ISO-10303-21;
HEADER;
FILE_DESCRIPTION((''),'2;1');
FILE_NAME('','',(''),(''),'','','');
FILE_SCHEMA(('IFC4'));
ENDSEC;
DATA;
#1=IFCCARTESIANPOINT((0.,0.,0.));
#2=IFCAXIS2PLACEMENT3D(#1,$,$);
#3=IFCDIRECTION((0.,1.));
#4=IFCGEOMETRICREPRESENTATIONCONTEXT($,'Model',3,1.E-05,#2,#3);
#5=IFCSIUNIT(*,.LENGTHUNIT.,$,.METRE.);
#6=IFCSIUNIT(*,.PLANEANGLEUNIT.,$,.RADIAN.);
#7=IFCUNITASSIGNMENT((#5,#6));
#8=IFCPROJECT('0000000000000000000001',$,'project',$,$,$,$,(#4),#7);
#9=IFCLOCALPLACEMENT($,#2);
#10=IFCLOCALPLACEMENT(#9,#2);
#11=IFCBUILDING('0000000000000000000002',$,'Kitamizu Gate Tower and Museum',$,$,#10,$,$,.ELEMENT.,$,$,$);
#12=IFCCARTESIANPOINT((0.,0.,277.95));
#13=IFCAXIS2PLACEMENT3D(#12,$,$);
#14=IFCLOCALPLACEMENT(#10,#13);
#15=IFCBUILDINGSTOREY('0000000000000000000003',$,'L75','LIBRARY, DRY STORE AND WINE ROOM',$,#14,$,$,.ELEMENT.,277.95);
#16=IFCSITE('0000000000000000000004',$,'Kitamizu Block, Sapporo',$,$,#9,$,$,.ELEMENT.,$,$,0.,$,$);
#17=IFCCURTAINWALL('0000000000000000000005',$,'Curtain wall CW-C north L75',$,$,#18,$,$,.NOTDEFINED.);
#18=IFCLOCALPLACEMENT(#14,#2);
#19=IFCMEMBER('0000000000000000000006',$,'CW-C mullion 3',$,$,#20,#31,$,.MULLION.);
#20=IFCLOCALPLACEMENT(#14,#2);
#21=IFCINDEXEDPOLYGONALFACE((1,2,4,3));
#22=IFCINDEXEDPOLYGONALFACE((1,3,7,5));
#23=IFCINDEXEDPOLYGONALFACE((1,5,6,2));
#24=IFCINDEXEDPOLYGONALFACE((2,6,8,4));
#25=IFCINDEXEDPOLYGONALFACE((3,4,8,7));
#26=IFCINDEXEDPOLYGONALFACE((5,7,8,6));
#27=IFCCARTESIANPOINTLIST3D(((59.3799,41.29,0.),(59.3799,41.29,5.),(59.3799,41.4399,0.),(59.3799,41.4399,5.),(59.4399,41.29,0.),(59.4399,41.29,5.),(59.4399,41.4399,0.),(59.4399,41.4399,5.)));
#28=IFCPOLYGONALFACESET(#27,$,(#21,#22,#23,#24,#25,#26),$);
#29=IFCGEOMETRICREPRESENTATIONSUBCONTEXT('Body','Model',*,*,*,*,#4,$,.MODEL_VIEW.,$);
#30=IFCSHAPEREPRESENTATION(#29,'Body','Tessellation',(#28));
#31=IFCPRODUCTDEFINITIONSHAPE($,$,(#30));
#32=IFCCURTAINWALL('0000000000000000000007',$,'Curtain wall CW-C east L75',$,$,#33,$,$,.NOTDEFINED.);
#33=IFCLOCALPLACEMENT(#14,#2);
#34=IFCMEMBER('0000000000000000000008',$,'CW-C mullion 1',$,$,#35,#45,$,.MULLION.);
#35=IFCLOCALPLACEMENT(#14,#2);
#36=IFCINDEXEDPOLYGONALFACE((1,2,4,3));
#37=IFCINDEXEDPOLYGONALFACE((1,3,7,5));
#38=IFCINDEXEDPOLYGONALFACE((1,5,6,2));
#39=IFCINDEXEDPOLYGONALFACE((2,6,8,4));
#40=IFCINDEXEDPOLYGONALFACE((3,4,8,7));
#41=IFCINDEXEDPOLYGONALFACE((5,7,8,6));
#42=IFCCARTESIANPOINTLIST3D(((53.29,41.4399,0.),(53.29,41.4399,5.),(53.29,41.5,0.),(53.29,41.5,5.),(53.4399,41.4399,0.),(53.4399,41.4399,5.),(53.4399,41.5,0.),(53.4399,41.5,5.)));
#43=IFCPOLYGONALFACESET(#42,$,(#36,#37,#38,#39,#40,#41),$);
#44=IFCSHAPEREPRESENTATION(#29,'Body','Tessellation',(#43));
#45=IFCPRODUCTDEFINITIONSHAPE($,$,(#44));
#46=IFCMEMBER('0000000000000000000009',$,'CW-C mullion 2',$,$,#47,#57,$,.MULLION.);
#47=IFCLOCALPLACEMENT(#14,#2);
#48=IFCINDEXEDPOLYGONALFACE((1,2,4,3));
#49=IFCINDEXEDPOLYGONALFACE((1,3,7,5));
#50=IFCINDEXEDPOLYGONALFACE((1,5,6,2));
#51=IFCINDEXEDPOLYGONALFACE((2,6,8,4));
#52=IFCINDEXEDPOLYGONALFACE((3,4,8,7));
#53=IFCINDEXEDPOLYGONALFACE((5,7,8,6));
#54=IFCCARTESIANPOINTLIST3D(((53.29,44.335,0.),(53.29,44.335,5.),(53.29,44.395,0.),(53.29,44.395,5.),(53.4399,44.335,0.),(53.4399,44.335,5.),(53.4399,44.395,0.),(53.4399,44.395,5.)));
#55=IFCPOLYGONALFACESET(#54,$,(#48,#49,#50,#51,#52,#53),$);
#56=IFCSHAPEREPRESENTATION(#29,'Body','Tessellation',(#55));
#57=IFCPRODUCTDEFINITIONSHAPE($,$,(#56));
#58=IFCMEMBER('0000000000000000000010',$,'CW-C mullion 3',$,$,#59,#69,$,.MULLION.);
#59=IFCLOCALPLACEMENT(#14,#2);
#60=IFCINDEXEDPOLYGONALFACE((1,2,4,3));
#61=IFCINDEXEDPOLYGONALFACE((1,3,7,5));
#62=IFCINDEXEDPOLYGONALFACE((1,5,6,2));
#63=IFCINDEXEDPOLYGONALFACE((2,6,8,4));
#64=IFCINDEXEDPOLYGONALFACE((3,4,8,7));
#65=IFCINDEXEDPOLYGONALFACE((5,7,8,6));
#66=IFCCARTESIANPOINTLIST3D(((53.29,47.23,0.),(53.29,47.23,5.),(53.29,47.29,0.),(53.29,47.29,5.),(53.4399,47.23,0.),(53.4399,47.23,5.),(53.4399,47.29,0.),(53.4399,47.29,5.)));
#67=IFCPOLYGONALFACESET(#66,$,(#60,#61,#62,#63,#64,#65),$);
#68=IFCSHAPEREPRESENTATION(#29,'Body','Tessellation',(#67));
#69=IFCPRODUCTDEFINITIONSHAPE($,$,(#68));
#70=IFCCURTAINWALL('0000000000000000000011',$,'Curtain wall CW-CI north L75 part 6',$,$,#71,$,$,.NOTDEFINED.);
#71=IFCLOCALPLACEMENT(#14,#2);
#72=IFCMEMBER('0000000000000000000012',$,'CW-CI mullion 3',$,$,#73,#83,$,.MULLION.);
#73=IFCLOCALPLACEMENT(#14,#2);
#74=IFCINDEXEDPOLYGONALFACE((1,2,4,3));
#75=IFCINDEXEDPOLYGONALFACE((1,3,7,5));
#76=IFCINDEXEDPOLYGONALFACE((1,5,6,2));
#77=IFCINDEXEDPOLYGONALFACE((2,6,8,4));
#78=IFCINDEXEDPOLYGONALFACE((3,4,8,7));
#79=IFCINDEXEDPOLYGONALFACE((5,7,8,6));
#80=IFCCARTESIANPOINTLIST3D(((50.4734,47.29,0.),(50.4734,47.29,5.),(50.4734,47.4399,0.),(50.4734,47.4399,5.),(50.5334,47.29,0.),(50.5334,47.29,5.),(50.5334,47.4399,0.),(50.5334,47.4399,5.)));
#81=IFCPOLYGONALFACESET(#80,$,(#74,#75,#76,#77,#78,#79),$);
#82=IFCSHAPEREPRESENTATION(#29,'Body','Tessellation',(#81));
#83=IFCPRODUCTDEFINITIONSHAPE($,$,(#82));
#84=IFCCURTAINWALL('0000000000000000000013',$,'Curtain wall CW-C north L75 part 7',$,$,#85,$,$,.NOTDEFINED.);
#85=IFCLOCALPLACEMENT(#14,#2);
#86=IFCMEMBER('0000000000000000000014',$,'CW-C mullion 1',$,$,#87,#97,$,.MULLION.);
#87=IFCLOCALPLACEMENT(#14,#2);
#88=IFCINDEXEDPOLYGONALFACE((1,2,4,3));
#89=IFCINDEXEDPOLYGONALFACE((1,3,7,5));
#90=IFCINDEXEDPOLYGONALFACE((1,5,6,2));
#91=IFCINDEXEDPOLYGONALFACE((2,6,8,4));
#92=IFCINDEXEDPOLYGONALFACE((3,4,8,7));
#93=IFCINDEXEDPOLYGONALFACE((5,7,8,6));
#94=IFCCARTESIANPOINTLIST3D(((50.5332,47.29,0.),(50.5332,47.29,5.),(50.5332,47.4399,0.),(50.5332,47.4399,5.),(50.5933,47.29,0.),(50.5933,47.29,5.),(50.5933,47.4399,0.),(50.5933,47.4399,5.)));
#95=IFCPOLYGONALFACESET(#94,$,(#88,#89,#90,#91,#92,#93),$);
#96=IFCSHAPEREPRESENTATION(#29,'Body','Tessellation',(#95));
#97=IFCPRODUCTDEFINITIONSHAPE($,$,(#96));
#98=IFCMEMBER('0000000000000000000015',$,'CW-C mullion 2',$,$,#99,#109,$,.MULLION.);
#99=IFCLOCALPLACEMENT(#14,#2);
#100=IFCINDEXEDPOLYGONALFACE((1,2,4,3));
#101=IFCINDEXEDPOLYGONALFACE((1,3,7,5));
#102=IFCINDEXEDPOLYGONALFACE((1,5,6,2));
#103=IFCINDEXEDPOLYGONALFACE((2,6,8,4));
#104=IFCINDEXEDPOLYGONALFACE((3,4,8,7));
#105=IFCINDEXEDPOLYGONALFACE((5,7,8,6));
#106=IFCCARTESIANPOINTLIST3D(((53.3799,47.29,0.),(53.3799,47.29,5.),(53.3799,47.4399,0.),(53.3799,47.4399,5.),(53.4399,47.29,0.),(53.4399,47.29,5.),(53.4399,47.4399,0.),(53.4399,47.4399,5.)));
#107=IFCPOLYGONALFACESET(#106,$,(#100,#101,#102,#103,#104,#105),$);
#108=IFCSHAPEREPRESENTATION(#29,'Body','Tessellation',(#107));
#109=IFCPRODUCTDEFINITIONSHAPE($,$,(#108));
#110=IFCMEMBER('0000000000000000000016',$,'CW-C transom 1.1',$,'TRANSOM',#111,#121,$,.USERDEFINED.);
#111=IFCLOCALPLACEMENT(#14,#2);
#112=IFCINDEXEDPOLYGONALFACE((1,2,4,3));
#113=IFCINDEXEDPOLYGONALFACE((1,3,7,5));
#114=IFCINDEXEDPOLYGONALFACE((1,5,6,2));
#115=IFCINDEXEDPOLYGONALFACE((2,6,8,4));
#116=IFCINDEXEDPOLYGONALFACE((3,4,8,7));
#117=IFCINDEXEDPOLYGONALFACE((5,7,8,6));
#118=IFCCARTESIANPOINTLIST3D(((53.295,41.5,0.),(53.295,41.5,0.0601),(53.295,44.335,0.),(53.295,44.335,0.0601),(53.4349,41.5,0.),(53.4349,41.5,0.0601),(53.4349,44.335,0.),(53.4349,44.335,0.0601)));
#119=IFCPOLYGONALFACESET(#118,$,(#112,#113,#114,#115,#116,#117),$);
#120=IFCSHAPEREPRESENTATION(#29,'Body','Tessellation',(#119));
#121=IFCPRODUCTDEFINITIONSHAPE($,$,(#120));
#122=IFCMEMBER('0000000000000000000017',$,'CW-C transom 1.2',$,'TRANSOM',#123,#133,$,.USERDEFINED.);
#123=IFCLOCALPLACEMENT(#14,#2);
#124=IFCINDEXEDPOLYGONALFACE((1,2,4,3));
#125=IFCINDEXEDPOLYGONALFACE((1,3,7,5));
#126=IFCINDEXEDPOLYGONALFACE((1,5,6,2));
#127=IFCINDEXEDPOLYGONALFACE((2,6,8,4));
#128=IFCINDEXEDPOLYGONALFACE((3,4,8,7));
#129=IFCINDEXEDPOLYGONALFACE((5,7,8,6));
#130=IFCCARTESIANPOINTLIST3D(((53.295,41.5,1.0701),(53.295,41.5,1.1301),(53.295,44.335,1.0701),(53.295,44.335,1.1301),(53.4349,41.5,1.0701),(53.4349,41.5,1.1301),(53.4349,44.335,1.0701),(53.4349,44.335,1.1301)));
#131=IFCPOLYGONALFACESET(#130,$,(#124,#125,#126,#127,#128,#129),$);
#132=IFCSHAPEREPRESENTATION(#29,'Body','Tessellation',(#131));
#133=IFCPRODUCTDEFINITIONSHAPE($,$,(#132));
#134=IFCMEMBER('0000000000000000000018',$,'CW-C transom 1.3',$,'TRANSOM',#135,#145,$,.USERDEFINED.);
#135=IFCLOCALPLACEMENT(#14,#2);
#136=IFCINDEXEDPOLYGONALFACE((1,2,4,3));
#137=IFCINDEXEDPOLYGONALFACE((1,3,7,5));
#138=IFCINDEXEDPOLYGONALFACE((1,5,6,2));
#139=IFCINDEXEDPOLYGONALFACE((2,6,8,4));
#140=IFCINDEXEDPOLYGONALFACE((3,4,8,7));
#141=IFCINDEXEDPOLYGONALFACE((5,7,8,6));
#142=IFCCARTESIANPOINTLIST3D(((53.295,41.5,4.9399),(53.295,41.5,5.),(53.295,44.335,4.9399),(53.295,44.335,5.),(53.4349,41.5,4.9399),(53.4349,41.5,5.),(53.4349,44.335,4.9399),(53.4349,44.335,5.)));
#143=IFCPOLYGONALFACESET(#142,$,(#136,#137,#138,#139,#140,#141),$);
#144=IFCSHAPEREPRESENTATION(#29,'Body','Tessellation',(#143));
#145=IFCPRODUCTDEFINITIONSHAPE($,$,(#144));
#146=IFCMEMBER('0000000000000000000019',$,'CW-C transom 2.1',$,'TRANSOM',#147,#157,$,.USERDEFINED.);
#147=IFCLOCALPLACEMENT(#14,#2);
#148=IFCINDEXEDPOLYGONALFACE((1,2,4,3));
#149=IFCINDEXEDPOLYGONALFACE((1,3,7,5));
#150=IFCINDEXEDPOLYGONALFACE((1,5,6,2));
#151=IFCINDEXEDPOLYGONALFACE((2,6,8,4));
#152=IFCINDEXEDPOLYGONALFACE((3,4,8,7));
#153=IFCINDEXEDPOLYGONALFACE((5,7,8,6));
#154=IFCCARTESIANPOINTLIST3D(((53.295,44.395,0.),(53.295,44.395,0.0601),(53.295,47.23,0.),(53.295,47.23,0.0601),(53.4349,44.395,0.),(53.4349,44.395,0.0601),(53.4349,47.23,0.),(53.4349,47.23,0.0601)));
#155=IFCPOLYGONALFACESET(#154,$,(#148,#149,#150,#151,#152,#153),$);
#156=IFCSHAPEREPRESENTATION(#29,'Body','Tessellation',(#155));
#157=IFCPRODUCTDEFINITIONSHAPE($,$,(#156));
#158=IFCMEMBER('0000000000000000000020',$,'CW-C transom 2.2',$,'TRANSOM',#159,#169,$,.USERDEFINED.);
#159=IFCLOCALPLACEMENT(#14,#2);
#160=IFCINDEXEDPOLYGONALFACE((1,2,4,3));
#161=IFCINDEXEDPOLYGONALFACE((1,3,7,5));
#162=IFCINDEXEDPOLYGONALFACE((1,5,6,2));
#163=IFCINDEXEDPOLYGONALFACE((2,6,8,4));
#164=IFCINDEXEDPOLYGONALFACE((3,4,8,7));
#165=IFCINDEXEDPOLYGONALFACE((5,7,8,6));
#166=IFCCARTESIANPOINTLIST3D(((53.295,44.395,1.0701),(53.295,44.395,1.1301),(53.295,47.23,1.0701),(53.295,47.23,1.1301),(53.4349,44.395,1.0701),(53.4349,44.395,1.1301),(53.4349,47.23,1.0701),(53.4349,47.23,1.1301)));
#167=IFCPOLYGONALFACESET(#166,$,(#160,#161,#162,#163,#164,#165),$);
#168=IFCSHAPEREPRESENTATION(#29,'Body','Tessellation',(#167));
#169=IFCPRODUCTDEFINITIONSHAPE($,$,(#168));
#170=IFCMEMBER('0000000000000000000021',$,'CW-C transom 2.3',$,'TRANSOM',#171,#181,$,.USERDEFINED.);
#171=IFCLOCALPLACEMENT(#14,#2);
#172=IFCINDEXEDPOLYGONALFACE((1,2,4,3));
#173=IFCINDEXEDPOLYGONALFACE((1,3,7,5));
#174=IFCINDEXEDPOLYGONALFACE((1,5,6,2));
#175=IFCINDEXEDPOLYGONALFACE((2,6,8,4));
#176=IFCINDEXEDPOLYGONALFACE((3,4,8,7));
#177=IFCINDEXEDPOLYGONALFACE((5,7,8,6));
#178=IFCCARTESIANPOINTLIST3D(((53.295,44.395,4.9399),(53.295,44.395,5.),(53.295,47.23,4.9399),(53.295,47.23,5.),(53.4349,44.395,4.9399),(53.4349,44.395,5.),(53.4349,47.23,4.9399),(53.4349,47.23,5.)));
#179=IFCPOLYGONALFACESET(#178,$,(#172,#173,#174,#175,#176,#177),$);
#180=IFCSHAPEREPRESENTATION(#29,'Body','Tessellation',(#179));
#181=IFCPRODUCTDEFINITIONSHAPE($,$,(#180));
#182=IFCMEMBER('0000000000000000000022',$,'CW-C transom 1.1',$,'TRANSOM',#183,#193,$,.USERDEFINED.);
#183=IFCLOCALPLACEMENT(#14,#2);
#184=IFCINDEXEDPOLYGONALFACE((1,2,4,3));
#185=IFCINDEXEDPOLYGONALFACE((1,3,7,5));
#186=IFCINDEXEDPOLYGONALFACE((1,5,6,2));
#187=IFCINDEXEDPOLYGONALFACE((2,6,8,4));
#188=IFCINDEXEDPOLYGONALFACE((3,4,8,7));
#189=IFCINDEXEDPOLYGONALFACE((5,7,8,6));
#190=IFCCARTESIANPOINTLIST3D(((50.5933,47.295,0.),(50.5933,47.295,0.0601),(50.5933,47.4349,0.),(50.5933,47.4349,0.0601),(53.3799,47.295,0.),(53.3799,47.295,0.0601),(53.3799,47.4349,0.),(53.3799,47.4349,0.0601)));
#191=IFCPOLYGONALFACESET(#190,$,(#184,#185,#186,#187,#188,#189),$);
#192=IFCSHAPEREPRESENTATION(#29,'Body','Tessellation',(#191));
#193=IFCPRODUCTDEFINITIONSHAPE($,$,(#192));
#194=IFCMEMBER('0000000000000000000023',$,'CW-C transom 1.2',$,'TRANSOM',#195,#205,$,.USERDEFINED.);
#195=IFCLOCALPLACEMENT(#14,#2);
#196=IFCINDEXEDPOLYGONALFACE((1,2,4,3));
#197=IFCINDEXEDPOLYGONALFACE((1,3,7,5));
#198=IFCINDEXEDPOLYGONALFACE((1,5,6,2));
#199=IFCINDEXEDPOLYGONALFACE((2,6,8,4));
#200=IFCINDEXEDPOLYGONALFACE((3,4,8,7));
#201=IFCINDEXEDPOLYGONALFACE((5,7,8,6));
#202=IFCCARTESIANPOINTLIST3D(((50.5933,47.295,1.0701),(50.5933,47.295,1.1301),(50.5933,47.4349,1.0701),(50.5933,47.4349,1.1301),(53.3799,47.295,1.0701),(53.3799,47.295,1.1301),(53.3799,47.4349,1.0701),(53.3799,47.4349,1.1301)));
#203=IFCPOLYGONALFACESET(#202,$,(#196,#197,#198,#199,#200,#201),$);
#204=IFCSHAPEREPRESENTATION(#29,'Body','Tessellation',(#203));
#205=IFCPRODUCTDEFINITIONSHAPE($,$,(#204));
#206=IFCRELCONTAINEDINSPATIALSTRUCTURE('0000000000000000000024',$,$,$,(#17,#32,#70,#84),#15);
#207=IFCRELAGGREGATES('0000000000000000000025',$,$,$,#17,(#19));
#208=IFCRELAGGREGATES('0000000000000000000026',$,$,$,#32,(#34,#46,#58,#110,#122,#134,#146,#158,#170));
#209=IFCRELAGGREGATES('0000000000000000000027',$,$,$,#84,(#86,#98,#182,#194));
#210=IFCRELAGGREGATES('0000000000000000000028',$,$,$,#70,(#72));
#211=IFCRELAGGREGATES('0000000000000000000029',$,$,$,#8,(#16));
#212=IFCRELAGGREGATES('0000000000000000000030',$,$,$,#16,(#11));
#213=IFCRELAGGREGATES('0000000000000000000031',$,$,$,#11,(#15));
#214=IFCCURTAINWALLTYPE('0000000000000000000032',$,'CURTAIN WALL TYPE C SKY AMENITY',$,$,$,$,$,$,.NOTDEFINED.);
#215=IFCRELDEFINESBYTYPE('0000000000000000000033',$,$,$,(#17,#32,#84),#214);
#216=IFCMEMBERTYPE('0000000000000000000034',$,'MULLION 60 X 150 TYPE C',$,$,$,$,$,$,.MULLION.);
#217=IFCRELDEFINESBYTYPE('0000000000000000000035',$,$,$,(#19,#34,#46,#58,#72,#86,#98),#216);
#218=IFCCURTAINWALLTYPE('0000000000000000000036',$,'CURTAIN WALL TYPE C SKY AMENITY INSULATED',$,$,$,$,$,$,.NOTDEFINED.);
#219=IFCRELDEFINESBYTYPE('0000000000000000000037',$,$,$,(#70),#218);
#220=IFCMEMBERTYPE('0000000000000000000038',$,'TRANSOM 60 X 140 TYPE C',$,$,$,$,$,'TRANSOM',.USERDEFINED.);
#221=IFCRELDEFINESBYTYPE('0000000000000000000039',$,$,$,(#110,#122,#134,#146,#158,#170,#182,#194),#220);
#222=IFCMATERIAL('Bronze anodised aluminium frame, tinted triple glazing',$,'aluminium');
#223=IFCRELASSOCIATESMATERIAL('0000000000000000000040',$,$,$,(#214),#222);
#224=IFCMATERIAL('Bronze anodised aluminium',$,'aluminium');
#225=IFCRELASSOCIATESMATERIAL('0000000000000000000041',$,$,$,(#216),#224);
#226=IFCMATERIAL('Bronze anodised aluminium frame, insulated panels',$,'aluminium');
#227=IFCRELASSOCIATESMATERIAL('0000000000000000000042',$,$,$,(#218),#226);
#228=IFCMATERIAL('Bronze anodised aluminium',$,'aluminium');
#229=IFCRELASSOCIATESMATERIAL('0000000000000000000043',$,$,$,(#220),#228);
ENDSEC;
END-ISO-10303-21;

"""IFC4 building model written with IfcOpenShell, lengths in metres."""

from ifc_helpers import new_model, si_unit, direction, frame, origin, origin_2d, place, context, subcontext, project, spatial, rectangle, extrude, material, material_profile, profile_set, type_object, element, aggregate, save


model = new_model("IFC4")

# Units and contexts
model_context = context("Model", 3, precision=1e-05, world=origin(), true_north=direction((0.0, 1.0)))
body_context = subcontext(model_context, "Body", "Model", "MODEL_VIEW")
ifc_project = project(units=[si_unit("LENGTHUNIT", "METRE"), si_unit("PLANEANGLEUNIT", "RADIAN")], contexts=[model_context])

# Site, building, storey
site_placement = place(None, origin())
site = spatial("IfcSite", under=ifc_project, at=site_placement, Name="Kitamizu Block, Sapporo", CompositionType="ELEMENT", RefElevation=0.0)
building_placement = place(site_placement, origin())
building = spatial("IfcBuilding", under=site, at=building_placement, Name="Kitamizu Gate Tower and Museum", CompositionType="ELEMENT")
storey_placement = place(building_placement, frame((0.0, 0.0, 277.95)))
storey = spatial("IfcBuildingStorey", under=building, at=storey_placement, Name="L75", Description="LIBRARY, DRY STORE AND WINE ROOM", CompositionType="ELEMENT", Elevation=277.95)

# Curtain wall, member
ifc_material_1 = material(Name="Bronze anodised aluminium frame, tinted triple glazing", Category="aluminium")
curtain_wall_type_1 = type_object("IfcCurtainWallType", Name="CURTAIN WALL TYPE C SKY AMENITY", PredefinedType="NOTDEFINED", material=ifc_material_1)
curtain_wall_1_placement = place(storey_placement, origin())
curtain_wall_1 = element("IfcCurtainWall", 1, at=curtain_wall_1_placement, inside=storey, type_object=curtain_wall_type_1, Name="Curtain wall CW-C north L75", PredefinedType="NOTDEFINED")
ifc_material_2 = material(Name="Bronze anodised aluminium", Category="aluminium")
ifc_material_profile_1 = material_profile(ifc_material_2, rectangle(XDim=0.0601, YDim=0.1499, at=origin_2d()), Name="AL 60X150")
ifc_profile_set_1 = profile_set([ifc_material_profile_1], Name="Bronze anodised aluminium")
member_type_1 = type_object("IfcMemberType", Name="MULLION 60 X 150 TYPE C", PredefinedType="MULLION", material=ifc_profile_set_1)
member_1_placement = place(storey_placement, frame((59.4099, 41.365, 0.0), z_axis=(0.0, 0.0, 1.0), x_axis=(1.0, 0.0, 0.0)))
member_1 = element("IfcMember", 2, at=member_1_placement, type_object=member_type_1, Name="CW-C mullion 3", PredefinedType="MULLION", context=body_context, shape_type="SweptSolid", body=[
    extrude(rectangle(XDim=0.0601, YDim=0.1499, at=origin_2d()), origin(), (0.0, 0.0, 1.0), 5.0),
])

# Curtain wall, members
curtain_wall_2_placement = place(storey_placement, origin())
curtain_wall_2 = element("IfcCurtainWall", 3, at=curtain_wall_2_placement, inside=storey, type_object=curtain_wall_type_1, Name="Curtain wall CW-C east L75", PredefinedType="NOTDEFINED")
member_2_placement = place(storey_placement, frame((53.365, 41.47, 0.0), z_axis=(0.0, 0.0, 1.0), x_axis=(0.0, 1.0, 0.0)))
member_2 = element("IfcMember", 4, at=member_2_placement, type_object=member_type_1, Name="CW-C mullion 1", PredefinedType="MULLION", context=body_context, shape_type="SweptSolid", body=[
    extrude(rectangle(XDim=0.0601, YDim=0.1499, at=origin_2d()), origin(), (0.0, 0.0, 1.0), 5.0),
])
member_3_placement = place(storey_placement, frame((53.365, 44.365, 0.0), z_axis=(0.0, 0.0, 1.0), x_axis=(0.0, 1.0, 0.0)))
member_3 = element("IfcMember", 5, at=member_3_placement, type_object=member_type_1, Name="CW-C mullion 2", PredefinedType="MULLION", context=body_context, shape_type="SweptSolid", body=[
    extrude(rectangle(XDim=0.0601, YDim=0.1499, at=origin_2d()), origin(), (0.0, 0.0, 1.0), 5.0),
])
member_4_placement = place(storey_placement, frame((53.365, 47.26, 0.0), z_axis=(0.0, 0.0, 1.0), x_axis=(0.0, 1.0, 0.0)))
member_4 = element("IfcMember", 6, at=member_4_placement, type_object=member_type_1, Name="CW-C mullion 3", PredefinedType="MULLION", context=body_context, shape_type="SweptSolid", body=[
    extrude(rectangle(XDim=0.0601, YDim=0.1499, at=origin_2d()), origin(), (0.0, 0.0, 1.0), 5.0),
])

# Curtain wall, member
ifc_material_3 = material(Name="Bronze anodised aluminium frame, insulated panels", Category="aluminium")
curtain_wall_type_2 = type_object("IfcCurtainWallType", Name="CURTAIN WALL TYPE C SKY AMENITY INSULATED", PredefinedType="NOTDEFINED", material=ifc_material_3)
curtain_wall_3_placement = place(storey_placement, origin())
curtain_wall_3 = element("IfcCurtainWall", 7, at=curtain_wall_3_placement, inside=storey, type_object=curtain_wall_type_2, Name="Curtain wall CW-CI north L75 part 6", PredefinedType="NOTDEFINED")
member_5_placement = place(storey_placement, frame((50.5034, 47.365, 0.0), z_axis=(0.0, 0.0, 1.0), x_axis=(1.0, 0.0, 0.0)))
member_5 = element("IfcMember", 8, at=member_5_placement, type_object=member_type_1, Name="CW-CI mullion 3", PredefinedType="MULLION", context=body_context, shape_type="SweptSolid", body=[
    extrude(rectangle(XDim=0.0601, YDim=0.1499, at=origin_2d()), origin(), (0.0, 0.0, 1.0), 5.0),
])

# Curtain wall, members
curtain_wall_4_placement = place(storey_placement, origin())
curtain_wall_4 = element("IfcCurtainWall", 9, at=curtain_wall_4_placement, inside=storey, type_object=curtain_wall_type_1, Name="Curtain wall CW-C north L75 part 7", PredefinedType="NOTDEFINED")
member_6_placement = place(storey_placement, frame((50.5632, 47.365, 0.0), z_axis=(0.0, 0.0, 1.0), x_axis=(1.0, 0.0, 0.0)))
member_6 = element("IfcMember", 10, at=member_6_placement, type_object=member_type_1, Name="CW-C mullion 1", PredefinedType="MULLION", context=body_context, shape_type="SweptSolid", body=[
    extrude(rectangle(XDim=0.0601, YDim=0.1499, at=origin_2d()), origin(), (0.0, 0.0, 1.0), 5.0),
])
member_7_placement = place(storey_placement, frame((53.4099, 47.365, 0.0), z_axis=(0.0, 0.0, 1.0), x_axis=(1.0, 0.0, 0.0)))
member_7 = element("IfcMember", 11, at=member_7_placement, type_object=member_type_1, Name="CW-C mullion 2", PredefinedType="MULLION", context=body_context, shape_type="SweptSolid", body=[
    extrude(rectangle(XDim=0.0601, YDim=0.1499, at=origin_2d()), origin(), (0.0, 0.0, 1.0), 5.0),
])

# Members
ifc_material_4 = material(Name="Bronze anodised aluminium", Category="aluminium")
ifc_material_profile_2 = material_profile(ifc_material_4, rectangle(XDim=0.1399, YDim=0.0601, at=origin_2d()), Name="AL 60X140")
ifc_profile_set_2 = profile_set([ifc_material_profile_2], Name="Bronze anodised aluminium")
member_type_2 = type_object("IfcMemberType", Name="TRANSOM 60 X 140 TYPE C", ElementType="TRANSOM", PredefinedType="USERDEFINED", material=ifc_profile_set_2)
member_8_placement = place(storey_placement, frame((53.365, 41.5, 0.03), z_axis=(0.0, 1.0, 0.0), x_axis=(-1.0, 0.0, 0.0)))
member_8 = element("IfcMember", 12, at=member_8_placement, type_object=member_type_2, Name="CW-C transom 1.1", ObjectType="TRANSOM", PredefinedType="USERDEFINED", context=body_context, shape_type="SweptSolid", body=[
    extrude(rectangle(XDim=0.1399, YDim=0.0601, at=origin_2d()), origin(), (0.0, 0.0, 1.0), 2.835),
])
member_9_placement = place(storey_placement, frame((53.365, 41.5, 1.1001), z_axis=(0.0, 1.0, 0.0), x_axis=(-1.0, 0.0, 0.0)))
member_9 = element("IfcMember", 13, at=member_9_placement, type_object=member_type_2, Name="CW-C transom 1.2", ObjectType="TRANSOM", PredefinedType="USERDEFINED", context=body_context, shape_type="SweptSolid", body=[
    extrude(rectangle(XDim=0.1399, YDim=0.0601, at=origin_2d()), origin(), (0.0, 0.0, 1.0), 2.835),
])
member_10_placement = place(storey_placement, frame((53.365, 41.5, 4.97), z_axis=(0.0, 1.0, 0.0), x_axis=(-1.0, 0.0, 0.0)))
member_10 = element("IfcMember", 14, at=member_10_placement, type_object=member_type_2, Name="CW-C transom 1.3", ObjectType="TRANSOM", PredefinedType="USERDEFINED", context=body_context, shape_type="SweptSolid", body=[
    extrude(rectangle(XDim=0.1399, YDim=0.0601, at=origin_2d()), origin(), (0.0, 0.0, 1.0), 2.835),
])
member_11_placement = place(storey_placement, frame((53.365, 44.395, 0.03), z_axis=(0.0, 1.0, 0.0), x_axis=(-1.0, 0.0, 0.0)))
member_11 = element("IfcMember", 15, at=member_11_placement, type_object=member_type_2, Name="CW-C transom 2.1", ObjectType="TRANSOM", PredefinedType="USERDEFINED", context=body_context, shape_type="SweptSolid", body=[
    extrude(rectangle(XDim=0.1399, YDim=0.0601, at=origin_2d()), origin(), (0.0, 0.0, 1.0), 2.835),
])
member_12_placement = place(storey_placement, frame((53.365, 44.395, 1.1001), z_axis=(0.0, 1.0, 0.0), x_axis=(-1.0, 0.0, 0.0)))
member_12 = element("IfcMember", 16, at=member_12_placement, type_object=member_type_2, Name="CW-C transom 2.2", ObjectType="TRANSOM", PredefinedType="USERDEFINED", context=body_context, shape_type="SweptSolid", body=[
    extrude(rectangle(XDim=0.1399, YDim=0.0601, at=origin_2d()), origin(), (0.0, 0.0, 1.0), 2.835),
])
member_13_placement = place(storey_placement, frame((53.365, 44.395, 4.97), z_axis=(0.0, 1.0, 0.0), x_axis=(-1.0, 0.0, 0.0)))
member_13 = element("IfcMember", 17, at=member_13_placement, type_object=member_type_2, Name="CW-C transom 2.3", ObjectType="TRANSOM", PredefinedType="USERDEFINED", context=body_context, shape_type="SweptSolid", body=[
    extrude(rectangle(XDim=0.1399, YDim=0.0601, at=origin_2d()), origin(), (0.0, 0.0, 1.0), 2.835),
])
member_14_placement = place(storey_placement, frame((50.5933, 47.365, 0.03), z_axis=(1.0, 0.0, 0.0), x_axis=(0.0, 1.0, 0.0)))
member_14 = element("IfcMember", 18, at=member_14_placement, type_object=member_type_2, Name="CW-C transom 1.1", ObjectType="TRANSOM", PredefinedType="USERDEFINED", context=body_context, shape_type="SweptSolid", body=[
    extrude(rectangle(XDim=0.1399, YDim=0.0601, at=origin_2d()), origin(), (0.0, 0.0, 1.0), 2.7866),
])
member_15_placement = place(storey_placement, frame((50.5933, 47.365, 1.1001), z_axis=(1.0, 0.0, 0.0), x_axis=(0.0, 1.0, 0.0)))
member_15 = element("IfcMember", 19, at=member_15_placement, type_object=member_type_2, Name="CW-C transom 1.2", ObjectType="TRANSOM", PredefinedType="USERDEFINED", context=body_context, shape_type="SweptSolid", body=[
    extrude(rectangle(XDim=0.1399, YDim=0.0601, at=origin_2d()), origin(), (0.0, 0.0, 1.0), 2.7866),
])

aggregate(curtain_wall_1, [member_1])
aggregate(curtain_wall_2, [member_2, member_3, member_4, member_8, member_9, member_10, member_11, member_12, member_13])
aggregate(curtain_wall_4, [member_6, member_7, member_14, member_15])
aggregate(curtain_wall_3, [member_5])

save(model, "model.ifc")
